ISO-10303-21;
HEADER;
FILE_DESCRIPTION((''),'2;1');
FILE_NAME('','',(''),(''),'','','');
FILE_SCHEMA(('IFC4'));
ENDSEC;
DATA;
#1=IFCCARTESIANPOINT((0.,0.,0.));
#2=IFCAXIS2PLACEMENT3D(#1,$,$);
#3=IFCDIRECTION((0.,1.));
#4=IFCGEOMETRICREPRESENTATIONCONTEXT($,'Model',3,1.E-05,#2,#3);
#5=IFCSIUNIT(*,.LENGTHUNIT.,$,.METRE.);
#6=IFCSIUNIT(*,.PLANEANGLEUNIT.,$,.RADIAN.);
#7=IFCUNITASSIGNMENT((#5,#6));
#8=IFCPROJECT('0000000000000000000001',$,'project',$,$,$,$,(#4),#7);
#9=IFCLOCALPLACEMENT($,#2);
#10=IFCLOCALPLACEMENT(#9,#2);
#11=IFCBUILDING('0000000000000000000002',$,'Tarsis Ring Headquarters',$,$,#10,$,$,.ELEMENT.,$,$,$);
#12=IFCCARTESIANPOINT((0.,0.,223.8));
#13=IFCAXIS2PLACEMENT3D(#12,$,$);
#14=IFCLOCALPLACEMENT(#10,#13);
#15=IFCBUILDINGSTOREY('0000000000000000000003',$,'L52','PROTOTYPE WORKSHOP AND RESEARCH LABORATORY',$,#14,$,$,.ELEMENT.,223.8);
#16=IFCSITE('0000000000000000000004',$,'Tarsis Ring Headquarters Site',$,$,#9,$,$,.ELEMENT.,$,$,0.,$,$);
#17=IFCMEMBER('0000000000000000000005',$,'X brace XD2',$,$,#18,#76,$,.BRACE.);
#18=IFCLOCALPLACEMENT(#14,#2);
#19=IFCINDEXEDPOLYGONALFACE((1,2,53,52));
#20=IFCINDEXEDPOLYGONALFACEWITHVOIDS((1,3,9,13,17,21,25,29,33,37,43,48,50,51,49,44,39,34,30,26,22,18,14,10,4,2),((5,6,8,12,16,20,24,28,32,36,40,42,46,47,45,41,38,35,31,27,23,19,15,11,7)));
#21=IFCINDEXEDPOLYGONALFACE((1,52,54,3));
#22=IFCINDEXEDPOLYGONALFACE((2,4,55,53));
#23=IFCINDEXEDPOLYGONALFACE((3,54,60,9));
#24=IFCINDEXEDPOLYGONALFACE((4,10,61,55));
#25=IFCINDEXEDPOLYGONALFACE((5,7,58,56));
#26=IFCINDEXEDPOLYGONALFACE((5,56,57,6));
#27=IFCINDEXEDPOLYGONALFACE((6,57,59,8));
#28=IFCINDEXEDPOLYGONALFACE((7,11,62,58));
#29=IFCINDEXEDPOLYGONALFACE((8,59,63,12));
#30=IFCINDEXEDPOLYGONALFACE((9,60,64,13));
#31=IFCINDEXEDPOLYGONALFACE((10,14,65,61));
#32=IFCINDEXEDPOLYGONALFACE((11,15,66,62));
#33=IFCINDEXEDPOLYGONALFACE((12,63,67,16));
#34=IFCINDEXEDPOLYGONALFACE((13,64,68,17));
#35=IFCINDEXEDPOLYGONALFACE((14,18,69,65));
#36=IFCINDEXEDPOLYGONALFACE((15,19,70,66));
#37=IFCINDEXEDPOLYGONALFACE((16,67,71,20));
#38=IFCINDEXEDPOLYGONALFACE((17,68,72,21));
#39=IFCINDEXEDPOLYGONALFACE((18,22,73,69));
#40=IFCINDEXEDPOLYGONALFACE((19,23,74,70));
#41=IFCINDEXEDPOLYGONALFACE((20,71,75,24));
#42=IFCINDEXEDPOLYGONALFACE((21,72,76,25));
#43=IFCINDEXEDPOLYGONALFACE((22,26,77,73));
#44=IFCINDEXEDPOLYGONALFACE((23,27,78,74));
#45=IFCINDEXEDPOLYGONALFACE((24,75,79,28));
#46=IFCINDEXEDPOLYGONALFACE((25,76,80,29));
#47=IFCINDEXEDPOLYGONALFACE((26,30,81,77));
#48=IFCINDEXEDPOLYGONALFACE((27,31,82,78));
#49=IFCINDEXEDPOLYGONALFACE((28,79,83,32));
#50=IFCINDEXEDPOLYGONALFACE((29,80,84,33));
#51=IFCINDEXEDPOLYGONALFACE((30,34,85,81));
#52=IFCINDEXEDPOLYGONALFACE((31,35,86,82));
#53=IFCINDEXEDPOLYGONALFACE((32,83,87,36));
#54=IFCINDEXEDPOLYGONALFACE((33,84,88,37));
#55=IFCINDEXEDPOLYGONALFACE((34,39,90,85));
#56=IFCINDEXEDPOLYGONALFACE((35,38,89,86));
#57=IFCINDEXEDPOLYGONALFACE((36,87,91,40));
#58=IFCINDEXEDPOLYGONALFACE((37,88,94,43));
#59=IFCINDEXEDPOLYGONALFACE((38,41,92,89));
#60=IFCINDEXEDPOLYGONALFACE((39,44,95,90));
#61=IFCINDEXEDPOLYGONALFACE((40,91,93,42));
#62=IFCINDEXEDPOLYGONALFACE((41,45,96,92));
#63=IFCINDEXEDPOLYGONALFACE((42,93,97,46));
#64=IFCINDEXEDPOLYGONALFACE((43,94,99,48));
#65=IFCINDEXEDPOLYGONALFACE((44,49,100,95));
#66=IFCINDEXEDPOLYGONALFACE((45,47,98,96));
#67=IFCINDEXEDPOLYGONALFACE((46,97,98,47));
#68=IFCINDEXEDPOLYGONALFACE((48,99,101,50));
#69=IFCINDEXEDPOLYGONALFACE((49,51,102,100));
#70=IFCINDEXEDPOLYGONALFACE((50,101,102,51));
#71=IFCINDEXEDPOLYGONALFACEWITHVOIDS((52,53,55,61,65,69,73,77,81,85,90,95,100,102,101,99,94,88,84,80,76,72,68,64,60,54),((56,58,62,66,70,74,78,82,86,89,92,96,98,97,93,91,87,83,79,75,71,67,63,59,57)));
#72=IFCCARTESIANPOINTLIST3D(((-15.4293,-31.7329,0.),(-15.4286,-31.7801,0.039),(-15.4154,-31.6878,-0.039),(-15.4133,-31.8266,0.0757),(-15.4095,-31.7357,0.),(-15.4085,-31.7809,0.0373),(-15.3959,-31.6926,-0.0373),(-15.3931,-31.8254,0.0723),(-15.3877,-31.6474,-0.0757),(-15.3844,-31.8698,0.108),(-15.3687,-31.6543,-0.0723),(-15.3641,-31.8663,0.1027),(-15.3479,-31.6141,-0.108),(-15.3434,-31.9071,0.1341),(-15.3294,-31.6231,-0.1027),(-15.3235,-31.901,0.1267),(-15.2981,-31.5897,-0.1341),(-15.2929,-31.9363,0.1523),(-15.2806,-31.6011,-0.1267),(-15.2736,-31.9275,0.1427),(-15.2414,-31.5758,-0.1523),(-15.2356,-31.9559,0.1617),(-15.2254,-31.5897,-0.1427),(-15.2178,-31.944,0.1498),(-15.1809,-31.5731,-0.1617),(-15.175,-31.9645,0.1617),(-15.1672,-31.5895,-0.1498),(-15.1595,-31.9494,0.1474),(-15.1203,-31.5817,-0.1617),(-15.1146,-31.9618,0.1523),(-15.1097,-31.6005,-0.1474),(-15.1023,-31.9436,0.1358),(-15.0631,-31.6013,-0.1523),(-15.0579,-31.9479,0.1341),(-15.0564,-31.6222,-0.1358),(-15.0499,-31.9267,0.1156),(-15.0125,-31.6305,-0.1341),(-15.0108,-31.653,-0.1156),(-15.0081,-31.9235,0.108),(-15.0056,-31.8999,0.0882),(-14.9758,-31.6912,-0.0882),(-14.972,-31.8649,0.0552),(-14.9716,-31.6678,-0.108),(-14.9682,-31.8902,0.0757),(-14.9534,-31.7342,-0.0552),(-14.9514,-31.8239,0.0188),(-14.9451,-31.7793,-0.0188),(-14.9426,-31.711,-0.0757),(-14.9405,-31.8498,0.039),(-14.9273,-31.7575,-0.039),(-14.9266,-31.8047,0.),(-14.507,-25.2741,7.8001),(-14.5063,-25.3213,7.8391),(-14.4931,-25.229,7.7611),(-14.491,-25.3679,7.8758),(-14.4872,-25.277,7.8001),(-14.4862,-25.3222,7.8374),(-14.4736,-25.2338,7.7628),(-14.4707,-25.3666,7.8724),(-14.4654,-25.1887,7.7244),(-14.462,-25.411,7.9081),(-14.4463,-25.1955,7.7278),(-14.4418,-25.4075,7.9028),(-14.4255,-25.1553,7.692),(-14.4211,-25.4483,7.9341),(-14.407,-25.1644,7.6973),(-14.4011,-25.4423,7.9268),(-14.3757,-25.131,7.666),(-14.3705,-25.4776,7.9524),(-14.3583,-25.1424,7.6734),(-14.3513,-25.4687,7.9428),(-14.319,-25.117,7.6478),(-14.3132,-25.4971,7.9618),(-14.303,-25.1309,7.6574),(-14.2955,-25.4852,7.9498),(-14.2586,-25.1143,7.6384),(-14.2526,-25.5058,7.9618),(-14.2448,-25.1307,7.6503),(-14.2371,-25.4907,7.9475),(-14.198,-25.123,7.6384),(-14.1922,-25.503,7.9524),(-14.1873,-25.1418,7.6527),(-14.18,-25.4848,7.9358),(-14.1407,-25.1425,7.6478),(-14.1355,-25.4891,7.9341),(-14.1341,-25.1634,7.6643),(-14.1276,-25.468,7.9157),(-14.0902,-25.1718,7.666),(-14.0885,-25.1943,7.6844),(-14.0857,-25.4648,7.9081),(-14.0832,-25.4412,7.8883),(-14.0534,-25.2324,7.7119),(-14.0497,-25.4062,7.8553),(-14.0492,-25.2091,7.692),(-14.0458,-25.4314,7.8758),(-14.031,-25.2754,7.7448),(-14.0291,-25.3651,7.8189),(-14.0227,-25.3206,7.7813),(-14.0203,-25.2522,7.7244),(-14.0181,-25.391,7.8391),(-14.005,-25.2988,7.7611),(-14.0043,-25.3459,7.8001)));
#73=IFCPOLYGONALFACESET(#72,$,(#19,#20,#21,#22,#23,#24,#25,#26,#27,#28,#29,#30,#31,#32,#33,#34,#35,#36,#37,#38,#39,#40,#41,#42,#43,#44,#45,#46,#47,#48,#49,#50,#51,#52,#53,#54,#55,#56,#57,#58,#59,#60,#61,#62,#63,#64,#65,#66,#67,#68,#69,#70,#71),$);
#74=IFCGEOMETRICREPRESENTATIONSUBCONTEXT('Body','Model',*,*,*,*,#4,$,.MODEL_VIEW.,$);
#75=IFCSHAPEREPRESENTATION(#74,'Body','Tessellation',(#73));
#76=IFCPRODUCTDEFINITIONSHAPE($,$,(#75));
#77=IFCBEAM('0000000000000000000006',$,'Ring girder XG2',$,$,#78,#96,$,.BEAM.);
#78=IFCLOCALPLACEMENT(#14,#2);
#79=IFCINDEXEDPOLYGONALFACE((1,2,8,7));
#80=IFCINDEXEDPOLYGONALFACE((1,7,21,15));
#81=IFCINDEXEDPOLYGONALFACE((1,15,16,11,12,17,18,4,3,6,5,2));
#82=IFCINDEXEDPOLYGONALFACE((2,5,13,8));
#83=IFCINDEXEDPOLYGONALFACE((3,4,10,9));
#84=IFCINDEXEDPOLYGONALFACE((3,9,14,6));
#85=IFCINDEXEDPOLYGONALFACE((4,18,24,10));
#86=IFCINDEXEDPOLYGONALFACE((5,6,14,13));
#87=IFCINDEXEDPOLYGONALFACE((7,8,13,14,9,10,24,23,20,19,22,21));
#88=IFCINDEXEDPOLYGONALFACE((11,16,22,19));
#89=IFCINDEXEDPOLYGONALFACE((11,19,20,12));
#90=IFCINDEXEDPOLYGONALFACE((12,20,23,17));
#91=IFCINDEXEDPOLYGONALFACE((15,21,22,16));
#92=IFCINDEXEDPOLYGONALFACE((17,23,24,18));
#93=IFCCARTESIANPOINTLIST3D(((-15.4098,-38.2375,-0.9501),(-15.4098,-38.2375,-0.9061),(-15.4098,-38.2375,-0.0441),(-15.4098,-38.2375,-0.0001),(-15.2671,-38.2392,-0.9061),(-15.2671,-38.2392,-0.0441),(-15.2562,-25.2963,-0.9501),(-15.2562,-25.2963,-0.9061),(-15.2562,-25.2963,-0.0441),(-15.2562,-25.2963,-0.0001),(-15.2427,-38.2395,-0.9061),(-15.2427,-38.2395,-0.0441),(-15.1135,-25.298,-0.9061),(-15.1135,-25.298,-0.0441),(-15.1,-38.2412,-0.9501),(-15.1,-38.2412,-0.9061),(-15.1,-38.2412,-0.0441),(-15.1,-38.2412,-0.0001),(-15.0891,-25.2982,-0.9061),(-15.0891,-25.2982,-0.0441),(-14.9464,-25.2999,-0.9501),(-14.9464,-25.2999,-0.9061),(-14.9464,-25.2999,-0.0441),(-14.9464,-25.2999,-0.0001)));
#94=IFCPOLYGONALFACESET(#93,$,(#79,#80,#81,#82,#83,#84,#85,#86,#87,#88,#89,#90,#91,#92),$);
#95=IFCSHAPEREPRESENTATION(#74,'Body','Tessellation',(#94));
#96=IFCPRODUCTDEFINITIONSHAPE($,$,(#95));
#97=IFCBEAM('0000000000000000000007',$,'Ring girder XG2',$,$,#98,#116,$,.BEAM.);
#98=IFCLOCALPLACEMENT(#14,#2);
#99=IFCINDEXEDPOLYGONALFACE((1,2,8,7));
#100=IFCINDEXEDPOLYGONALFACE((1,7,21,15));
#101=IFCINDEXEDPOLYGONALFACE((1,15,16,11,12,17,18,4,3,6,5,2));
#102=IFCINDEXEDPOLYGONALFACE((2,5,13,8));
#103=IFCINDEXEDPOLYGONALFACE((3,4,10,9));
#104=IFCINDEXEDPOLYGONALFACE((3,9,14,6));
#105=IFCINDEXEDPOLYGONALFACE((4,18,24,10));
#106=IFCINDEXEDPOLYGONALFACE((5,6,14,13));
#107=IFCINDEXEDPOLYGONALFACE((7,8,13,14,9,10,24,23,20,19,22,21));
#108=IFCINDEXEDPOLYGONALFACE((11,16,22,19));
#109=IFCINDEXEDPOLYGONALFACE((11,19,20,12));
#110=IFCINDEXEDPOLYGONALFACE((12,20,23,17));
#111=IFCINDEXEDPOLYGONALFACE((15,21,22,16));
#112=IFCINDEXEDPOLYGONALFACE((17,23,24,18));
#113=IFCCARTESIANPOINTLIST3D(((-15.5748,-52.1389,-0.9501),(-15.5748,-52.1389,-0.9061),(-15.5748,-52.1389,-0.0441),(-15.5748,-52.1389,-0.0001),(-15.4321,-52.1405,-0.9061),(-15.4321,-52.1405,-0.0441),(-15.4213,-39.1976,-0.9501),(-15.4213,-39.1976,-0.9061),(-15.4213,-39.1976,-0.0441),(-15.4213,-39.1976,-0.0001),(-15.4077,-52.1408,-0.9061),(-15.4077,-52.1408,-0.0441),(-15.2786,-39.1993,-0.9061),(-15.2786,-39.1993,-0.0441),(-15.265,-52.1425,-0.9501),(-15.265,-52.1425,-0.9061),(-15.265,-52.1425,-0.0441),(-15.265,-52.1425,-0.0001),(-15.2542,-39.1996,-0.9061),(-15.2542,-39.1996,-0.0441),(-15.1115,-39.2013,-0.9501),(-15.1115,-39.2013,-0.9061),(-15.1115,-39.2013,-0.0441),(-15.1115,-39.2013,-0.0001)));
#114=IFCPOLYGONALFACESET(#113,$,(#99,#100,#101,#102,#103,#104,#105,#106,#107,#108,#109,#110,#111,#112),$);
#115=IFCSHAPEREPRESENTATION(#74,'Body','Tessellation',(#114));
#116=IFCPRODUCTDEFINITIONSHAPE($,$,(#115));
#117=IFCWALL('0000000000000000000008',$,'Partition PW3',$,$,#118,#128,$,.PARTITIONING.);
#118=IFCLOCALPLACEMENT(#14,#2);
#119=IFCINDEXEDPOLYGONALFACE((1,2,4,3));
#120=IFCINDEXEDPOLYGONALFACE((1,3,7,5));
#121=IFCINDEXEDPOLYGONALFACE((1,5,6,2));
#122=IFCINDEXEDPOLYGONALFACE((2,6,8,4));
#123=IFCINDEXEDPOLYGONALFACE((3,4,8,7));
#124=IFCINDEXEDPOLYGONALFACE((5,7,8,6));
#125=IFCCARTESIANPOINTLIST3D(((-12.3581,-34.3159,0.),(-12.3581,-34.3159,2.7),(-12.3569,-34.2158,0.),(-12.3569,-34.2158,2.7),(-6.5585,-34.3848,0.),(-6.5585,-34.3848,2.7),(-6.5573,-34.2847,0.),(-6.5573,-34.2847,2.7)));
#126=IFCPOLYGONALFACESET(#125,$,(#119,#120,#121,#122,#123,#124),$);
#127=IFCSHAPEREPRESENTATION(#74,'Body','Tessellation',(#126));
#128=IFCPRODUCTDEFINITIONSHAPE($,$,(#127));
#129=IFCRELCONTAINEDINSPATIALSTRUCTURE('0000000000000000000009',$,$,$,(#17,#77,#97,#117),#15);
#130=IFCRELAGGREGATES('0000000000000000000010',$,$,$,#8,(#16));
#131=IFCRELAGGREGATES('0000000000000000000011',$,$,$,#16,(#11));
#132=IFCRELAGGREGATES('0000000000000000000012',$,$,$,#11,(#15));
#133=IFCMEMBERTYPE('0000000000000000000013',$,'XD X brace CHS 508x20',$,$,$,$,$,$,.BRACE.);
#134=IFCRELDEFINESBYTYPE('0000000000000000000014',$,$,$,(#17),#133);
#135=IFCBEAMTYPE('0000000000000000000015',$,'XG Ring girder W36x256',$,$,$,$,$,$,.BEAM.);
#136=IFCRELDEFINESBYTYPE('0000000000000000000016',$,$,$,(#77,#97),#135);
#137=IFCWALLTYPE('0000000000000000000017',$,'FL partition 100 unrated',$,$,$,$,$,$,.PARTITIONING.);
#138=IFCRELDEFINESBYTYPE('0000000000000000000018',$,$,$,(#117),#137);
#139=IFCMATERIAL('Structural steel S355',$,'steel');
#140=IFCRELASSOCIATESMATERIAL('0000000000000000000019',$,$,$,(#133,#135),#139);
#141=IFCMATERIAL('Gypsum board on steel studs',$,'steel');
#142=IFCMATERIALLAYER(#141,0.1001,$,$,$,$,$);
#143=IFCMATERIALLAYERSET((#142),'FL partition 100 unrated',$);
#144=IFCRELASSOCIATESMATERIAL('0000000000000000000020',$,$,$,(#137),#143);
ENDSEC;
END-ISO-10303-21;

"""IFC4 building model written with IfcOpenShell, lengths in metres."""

from ifc_helpers import new_model, si_unit, direction, frame, frame_2d, origin, origin_2d, place, context, subcontext, project, spatial, rectangle, hollow_circle, i_section, extrude, material, layer, layer_set, material_profile, profile_set, type_object, element, save


model = new_model("IFC4")

# Units and contexts
model_context = context("Model", 3, precision=1e-05, world=origin(), true_north=direction((0.0, 1.0)))
body_context = subcontext(model_context, "Body", "Model", "MODEL_VIEW")
ifc_project = project(units=[si_unit("LENGTHUNIT", "METRE"), si_unit("PLANEANGLEUNIT", "RADIAN")], contexts=[model_context])

# Site, building, storey
site_placement = place(None, origin())
site = spatial("IfcSite", under=ifc_project, at=site_placement, Name="Tarsis Ring Headquarters Site", CompositionType="ELEMENT", RefElevation=0.0)
building_placement = place(site_placement, origin())
building = spatial("IfcBuilding", under=site, at=building_placement, Name="Tarsis Ring Headquarters", CompositionType="ELEMENT")
storey_placement = place(building_placement, frame((0.0, 0.0, 223.8)))
storey = spatial("IfcBuildingStorey", under=building, at=storey_placement, Name="L52", Description="PROTOTYPE WORKSHOP AND RESEARCH LABORATORY", CompositionType="ELEMENT", Elevation=223.8)

# Shared definitions
ifc_material_1 = material(Name="Structural steel S355", Category="steel")

# Shared definitions
ifc_material_profile_1 = material_profile(ifc_material_1, i_section(OverallWidth=0.3098, OverallDepth=0.95, WebThickness=0.0244, FlangeThickness=0.0439, at=origin_2d()), Name="W36x256")
ifc_profile_set_1 = profile_set([ifc_material_profile_1], Name="Structural steel S355")

# Member
ifc_material_profile_2 = material_profile(ifc_material_1, hollow_circle(Radius=0.2539, WallThickness=0.02, at=origin_2d()), Name="CHS 508x20")
ifc_profile_set_2 = profile_set([ifc_material_profile_2], Name="Structural steel S355")
member_type = type_object("IfcMemberType", Name="XD X brace CHS 508x20", PredefinedType="BRACE", material=ifc_profile_set_2)
member_1_placement = place(storey_placement, frame((-15.178, -31.7688, 0.0), z_axis=(0.090704, 0.635145, 0.767048), x_axis=(-0.989956, 0.141374, 0.0)))
element("IfcMember", 1, at=member_1_placement, inside=storey, type_object=member_type, Name="X brace XD2", PredefinedType="BRACE", context=body_context, shape_type="SweptSolid", body=[
    extrude(hollow_circle(Radius=0.2539, WallThickness=0.02, at=origin_2d()), origin(), (0.0, 0.0, 1.0), 10.1689),
])

# Beams
beam_type_1 = type_object("IfcBeamType", Name="XG Ring girder W36x256", PredefinedType="BEAM", material=ifc_profile_set_1)
for number, where, z_axis, x_axis, name in (
    (2, (-15.1013, -25.2981, -0.4751), (-0.011866, -0.99993, 0.0), (0.99993, -0.011866, 0.0), "Ring girder XG2"),
    (3, (-15.2664, -39.1995, -0.4751), (-0.011866, -0.99993, 0.0), (0.99993, -0.011866, 0.0), "Ring girder XG2"),
):
    element("IfcBeam", number, at=place(storey_placement, frame(where, z_axis=z_axis, x_axis=x_axis)), inside=storey, type_object=beam_type_1, Name=name, PredefinedType="BEAM", context=body_context, shape_type="SweptSolid", body=[
        extrude(i_section(OverallWidth=0.3098, OverallDepth=0.95, WebThickness=0.0244, FlangeThickness=0.0439, at=origin_2d()), origin(), (0.0, 0.0, 1.0), 12.9421),
    ])

# Wall
ifc_material_2 = material(Name="Gypsum board on steel studs", Category="steel")
ifc_layer_1 = layer(ifc_material_2, 0.1001)
ifc_layer_set_1 = layer_set([ifc_layer_1], Name="FL partition 100 unrated")
wall_type_1 = type_object("IfcWallType", Name="FL partition 100 unrated", PredefinedType="PARTITIONING", material=ifc_layer_set_1)
wall_1_placement = place(storey_placement, frame((-12.3574, -34.2659, 0.0), z_axis=(0.0, 0.0, 1.0), x_axis=(0.99993, -0.01187, 0.0)))
element("IfcWall", 4, at=wall_1_placement, inside=storey, type_object=wall_type_1, Name="Partition PW3", PredefinedType="PARTITIONING", context=body_context, shape_type="SweptSolid", body=[
    extrude(rectangle(XDim=5.8, YDim=0.1001, at=frame_2d((2.8999, 0.0))), origin(), (0.0, 0.0, 1.0), 2.7),
])

save(model, "model.ifc")
